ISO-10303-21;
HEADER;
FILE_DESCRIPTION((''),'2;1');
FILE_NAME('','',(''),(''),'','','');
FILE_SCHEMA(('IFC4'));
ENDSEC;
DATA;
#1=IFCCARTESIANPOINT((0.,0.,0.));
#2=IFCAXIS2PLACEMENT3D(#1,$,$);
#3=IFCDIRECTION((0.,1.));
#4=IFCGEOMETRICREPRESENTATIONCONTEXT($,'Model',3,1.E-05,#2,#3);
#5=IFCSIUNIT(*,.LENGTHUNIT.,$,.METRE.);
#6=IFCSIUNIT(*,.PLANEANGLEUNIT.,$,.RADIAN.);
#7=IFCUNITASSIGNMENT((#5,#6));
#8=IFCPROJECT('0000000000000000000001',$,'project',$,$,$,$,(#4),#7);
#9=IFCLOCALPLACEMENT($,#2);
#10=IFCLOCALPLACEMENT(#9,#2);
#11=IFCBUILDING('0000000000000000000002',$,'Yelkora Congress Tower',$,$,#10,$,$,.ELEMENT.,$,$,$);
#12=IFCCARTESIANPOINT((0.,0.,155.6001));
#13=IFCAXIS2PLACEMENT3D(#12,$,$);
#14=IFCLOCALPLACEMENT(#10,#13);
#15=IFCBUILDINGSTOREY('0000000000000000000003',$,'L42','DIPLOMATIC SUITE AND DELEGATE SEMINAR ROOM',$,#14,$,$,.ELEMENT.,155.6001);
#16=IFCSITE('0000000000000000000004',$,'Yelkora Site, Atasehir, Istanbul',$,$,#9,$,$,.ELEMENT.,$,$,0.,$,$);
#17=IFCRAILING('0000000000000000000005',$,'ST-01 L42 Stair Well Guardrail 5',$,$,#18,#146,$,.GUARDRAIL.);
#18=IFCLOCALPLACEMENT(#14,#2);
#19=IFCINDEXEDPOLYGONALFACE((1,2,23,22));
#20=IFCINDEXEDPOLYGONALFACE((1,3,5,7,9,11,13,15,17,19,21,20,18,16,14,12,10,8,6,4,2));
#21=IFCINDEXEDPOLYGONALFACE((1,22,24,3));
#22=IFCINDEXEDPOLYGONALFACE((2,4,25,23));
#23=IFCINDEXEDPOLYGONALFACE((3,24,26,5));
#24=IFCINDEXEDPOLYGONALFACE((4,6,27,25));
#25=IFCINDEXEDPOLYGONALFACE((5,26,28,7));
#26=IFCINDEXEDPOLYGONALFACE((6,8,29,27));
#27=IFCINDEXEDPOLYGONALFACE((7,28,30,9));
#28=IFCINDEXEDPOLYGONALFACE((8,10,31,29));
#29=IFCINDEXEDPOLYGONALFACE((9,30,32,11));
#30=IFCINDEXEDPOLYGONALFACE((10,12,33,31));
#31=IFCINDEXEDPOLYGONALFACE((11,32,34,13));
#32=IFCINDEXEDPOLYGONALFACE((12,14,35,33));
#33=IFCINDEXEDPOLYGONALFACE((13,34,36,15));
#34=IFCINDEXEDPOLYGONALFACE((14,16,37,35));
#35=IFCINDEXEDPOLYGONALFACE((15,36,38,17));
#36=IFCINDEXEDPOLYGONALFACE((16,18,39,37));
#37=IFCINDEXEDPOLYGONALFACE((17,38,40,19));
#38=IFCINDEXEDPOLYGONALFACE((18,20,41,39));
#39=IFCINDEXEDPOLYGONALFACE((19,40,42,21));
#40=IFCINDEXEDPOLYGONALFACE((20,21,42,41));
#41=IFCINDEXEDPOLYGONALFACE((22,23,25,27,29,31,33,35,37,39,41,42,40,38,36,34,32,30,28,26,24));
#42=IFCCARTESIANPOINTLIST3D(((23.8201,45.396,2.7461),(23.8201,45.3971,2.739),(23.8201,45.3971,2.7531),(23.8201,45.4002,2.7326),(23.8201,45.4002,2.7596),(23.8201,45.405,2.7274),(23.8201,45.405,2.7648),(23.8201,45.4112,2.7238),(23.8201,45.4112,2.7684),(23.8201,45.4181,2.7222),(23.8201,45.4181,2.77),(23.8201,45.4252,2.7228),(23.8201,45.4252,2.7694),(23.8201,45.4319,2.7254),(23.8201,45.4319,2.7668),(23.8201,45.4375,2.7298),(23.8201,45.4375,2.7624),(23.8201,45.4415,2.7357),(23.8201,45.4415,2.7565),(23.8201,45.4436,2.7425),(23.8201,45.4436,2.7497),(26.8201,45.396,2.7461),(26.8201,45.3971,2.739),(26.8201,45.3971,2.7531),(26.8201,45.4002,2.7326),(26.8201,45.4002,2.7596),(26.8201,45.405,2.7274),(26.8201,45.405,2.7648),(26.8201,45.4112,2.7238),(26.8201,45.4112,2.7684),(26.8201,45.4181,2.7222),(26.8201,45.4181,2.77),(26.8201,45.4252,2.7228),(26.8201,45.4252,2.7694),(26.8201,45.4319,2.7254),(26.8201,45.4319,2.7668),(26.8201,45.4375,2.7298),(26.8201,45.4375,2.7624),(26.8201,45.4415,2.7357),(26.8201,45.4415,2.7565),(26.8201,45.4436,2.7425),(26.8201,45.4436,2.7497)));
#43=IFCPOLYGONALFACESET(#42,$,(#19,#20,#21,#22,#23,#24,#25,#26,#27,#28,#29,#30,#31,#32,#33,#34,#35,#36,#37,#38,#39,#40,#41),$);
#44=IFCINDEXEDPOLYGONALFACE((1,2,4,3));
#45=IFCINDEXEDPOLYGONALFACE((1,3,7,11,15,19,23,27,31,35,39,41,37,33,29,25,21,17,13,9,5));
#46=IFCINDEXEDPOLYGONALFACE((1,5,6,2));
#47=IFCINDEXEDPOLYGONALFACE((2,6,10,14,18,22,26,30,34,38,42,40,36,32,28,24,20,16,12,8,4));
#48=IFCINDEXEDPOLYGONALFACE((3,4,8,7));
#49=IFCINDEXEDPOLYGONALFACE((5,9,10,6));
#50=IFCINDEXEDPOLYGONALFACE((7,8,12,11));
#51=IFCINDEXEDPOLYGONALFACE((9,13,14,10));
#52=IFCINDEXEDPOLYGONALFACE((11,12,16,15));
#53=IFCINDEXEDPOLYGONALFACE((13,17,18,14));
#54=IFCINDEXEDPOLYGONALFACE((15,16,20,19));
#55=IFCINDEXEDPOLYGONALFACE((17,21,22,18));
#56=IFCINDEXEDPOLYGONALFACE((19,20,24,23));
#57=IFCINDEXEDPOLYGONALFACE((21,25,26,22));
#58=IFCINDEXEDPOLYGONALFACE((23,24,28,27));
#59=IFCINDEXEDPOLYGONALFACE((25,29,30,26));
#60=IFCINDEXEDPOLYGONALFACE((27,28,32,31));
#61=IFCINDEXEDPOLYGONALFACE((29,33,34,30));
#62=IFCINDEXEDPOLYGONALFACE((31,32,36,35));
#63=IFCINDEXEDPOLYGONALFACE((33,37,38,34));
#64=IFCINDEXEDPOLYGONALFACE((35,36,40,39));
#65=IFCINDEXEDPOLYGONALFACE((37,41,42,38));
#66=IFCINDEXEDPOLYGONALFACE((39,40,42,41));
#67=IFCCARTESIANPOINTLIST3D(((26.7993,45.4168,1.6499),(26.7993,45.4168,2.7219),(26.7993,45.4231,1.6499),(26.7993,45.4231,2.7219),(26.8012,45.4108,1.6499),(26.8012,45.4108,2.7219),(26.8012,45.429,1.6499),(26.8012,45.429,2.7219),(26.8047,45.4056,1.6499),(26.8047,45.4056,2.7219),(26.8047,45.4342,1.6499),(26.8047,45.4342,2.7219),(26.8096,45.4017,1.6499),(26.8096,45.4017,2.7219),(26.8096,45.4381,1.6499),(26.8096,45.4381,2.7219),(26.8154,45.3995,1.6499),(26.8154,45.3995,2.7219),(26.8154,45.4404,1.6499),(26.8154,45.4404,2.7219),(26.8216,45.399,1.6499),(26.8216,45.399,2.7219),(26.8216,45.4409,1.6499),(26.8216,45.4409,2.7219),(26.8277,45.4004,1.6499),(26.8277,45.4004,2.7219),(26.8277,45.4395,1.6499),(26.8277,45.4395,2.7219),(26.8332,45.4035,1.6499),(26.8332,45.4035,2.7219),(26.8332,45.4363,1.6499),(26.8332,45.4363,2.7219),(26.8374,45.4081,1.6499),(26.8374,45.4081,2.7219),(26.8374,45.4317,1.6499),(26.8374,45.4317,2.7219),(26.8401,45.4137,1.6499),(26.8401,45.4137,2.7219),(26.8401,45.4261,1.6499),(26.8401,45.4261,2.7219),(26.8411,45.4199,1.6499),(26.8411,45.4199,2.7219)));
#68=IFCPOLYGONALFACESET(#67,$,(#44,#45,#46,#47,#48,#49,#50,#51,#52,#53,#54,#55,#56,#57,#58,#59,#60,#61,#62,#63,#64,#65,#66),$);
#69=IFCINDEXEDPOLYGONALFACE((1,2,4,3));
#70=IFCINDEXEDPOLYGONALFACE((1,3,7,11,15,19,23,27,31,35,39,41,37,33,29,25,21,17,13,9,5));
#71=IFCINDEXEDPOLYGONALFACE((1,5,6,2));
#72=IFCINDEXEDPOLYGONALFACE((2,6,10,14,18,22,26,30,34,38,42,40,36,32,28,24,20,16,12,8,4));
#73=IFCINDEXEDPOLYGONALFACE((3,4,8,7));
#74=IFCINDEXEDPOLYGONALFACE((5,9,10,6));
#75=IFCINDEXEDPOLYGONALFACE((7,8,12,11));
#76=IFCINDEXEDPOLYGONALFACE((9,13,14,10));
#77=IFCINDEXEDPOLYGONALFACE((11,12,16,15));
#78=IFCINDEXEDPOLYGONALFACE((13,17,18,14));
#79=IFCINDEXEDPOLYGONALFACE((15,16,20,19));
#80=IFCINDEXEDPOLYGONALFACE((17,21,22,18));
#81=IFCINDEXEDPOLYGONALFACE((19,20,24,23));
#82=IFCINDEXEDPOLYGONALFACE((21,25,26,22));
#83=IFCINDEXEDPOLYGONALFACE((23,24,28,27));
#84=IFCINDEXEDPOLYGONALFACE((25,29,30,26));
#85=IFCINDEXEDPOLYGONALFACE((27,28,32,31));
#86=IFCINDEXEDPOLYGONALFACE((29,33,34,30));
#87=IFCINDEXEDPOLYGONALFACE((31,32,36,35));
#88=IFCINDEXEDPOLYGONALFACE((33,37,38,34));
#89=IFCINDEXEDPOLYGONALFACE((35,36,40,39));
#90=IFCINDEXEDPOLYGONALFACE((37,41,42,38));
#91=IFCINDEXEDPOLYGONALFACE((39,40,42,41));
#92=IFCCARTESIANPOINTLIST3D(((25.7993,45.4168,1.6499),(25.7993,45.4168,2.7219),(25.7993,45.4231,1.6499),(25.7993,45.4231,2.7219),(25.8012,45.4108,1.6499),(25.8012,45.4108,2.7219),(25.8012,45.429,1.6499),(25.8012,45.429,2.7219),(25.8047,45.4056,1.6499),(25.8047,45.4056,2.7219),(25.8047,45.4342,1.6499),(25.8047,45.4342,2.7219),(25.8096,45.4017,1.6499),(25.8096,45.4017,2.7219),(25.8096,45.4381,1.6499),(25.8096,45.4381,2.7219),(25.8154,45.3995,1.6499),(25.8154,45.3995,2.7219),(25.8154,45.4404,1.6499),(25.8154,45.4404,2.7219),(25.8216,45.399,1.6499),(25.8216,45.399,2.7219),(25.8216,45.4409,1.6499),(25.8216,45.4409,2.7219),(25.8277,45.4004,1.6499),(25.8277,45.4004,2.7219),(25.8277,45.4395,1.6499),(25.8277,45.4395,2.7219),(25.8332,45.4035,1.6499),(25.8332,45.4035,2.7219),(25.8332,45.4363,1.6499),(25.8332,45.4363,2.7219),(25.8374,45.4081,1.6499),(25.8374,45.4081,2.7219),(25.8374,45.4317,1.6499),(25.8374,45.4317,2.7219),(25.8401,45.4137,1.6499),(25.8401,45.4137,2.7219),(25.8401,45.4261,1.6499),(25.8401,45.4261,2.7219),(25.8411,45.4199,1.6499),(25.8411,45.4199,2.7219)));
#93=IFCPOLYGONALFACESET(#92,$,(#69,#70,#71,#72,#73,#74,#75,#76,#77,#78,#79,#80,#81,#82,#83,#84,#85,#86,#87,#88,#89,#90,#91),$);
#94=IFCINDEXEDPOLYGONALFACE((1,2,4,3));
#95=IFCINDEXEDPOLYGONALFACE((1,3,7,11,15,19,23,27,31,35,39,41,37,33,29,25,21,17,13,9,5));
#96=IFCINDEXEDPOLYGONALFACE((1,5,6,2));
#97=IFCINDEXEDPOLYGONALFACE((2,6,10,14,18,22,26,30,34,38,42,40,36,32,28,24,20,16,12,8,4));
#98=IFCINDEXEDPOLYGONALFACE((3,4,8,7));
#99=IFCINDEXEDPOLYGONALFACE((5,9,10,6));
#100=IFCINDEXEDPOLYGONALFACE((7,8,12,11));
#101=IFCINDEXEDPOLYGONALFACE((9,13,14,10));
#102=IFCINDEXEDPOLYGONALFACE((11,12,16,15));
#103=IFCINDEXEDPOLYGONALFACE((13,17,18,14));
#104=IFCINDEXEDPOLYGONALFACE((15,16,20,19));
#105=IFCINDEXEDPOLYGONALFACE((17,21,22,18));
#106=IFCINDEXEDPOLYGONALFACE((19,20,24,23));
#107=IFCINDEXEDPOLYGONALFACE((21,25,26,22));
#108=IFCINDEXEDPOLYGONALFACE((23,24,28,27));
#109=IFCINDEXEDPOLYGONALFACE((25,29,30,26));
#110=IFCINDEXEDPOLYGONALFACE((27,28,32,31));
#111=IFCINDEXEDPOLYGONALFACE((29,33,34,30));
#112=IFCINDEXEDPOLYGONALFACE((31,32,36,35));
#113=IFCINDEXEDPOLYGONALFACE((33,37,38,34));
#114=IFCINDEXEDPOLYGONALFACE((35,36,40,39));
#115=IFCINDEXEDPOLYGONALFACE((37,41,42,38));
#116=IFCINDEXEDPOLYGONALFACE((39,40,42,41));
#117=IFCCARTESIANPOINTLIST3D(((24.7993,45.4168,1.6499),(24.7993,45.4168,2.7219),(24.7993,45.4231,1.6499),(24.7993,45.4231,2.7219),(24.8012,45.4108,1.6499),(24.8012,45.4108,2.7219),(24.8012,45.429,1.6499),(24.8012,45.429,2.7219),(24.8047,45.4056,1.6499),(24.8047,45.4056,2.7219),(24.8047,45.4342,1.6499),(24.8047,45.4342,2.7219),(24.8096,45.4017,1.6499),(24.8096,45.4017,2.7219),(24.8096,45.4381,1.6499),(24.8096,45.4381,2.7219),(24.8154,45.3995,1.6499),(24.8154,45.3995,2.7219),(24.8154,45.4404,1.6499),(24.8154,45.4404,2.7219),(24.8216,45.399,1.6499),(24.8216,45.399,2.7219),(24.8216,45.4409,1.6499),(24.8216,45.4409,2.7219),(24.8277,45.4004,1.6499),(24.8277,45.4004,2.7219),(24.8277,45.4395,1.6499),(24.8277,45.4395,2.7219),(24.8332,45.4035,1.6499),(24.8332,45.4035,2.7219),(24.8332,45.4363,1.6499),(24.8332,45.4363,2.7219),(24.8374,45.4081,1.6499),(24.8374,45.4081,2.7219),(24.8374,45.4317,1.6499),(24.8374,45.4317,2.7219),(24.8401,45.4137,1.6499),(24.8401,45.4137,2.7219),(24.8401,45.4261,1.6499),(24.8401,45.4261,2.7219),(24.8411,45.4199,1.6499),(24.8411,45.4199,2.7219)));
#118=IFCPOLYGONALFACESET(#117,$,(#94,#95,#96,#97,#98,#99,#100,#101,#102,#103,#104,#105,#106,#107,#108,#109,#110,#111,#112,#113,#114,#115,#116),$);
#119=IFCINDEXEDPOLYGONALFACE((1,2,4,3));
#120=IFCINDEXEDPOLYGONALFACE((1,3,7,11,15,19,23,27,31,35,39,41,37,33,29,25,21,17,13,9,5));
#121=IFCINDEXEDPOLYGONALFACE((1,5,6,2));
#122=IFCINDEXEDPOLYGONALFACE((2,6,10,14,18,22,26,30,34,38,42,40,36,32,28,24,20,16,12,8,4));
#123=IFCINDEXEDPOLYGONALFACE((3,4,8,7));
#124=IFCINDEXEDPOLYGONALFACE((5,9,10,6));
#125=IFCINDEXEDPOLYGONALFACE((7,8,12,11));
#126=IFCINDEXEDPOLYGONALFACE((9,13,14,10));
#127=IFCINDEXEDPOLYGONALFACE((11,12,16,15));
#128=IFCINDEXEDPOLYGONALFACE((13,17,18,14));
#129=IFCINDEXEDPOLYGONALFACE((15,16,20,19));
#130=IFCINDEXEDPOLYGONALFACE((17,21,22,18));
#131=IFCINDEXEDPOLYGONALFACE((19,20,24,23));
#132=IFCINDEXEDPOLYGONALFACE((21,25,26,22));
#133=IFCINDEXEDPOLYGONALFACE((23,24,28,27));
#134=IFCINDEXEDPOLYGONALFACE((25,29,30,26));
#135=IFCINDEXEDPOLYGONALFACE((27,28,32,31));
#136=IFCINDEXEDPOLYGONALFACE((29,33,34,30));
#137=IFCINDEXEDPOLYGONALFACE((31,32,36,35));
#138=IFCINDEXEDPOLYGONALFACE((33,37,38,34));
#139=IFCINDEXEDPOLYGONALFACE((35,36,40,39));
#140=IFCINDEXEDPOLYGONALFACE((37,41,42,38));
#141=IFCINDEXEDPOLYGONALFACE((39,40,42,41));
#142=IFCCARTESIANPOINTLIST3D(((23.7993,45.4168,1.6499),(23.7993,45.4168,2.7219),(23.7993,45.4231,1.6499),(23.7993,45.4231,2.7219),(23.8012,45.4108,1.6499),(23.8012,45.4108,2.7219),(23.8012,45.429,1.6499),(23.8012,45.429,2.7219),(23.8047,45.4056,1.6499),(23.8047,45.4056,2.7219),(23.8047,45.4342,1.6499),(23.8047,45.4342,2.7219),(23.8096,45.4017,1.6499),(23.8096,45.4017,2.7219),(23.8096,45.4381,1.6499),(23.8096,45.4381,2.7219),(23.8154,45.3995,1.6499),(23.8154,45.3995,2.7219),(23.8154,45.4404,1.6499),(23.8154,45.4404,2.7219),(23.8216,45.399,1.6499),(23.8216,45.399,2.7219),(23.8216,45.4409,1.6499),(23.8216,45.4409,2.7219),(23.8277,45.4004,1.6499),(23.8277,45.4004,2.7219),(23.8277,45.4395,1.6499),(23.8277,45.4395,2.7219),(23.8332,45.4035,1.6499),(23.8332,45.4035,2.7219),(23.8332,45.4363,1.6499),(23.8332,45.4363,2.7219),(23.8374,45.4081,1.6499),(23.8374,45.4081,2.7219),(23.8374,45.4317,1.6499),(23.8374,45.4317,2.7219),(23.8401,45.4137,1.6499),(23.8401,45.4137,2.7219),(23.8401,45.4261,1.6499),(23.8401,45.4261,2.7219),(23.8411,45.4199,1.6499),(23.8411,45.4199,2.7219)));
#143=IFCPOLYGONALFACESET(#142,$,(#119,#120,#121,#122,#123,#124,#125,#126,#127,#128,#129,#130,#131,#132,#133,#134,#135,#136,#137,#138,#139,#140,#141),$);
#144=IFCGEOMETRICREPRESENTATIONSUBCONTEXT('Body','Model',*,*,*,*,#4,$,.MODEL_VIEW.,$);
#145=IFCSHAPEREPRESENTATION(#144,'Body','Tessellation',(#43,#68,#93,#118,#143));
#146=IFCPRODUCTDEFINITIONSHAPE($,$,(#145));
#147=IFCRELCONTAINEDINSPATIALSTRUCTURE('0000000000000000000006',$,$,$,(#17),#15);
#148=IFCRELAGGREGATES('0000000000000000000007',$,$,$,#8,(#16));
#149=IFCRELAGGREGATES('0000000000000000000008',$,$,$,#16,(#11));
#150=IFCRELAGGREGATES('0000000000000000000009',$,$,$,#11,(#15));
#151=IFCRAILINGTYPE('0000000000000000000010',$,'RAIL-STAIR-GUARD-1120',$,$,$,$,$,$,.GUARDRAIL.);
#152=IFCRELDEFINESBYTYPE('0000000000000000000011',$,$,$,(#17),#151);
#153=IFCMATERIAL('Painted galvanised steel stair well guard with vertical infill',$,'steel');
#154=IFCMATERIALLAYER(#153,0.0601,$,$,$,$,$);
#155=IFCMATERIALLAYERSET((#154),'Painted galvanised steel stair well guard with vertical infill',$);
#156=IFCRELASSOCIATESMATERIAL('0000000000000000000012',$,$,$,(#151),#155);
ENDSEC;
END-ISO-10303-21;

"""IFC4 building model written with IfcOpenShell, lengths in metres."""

from ifc_helpers import new_model, si_unit, direction, frame, origin, origin_2d, place, context, subcontext, project, spatial, circle, extrude, material, layer, layer_set, type_object, element, save


model = new_model("IFC4")

# Units and contexts
model_context = context("Model", 3, precision=1e-05, world=origin(), true_north=direction((0.0, 1.0)))
body_context = subcontext(model_context, "Body", "Model", "MODEL_VIEW")
ifc_project = project(units=[si_unit("LENGTHUNIT", "METRE"), si_unit("PLANEANGLEUNIT", "RADIAN")], contexts=[model_context])

# Site, building, storey
site_placement = place(None, origin())
site = spatial("IfcSite", under=ifc_project, at=site_placement, Name="Yelkora Site, Atasehir, Istanbul", CompositionType="ELEMENT", RefElevation=0.0)
building_placement = place(site_placement, origin())
building = spatial("IfcBuilding", under=site, at=building_placement, Name="Yelkora Congress Tower", CompositionType="ELEMENT")
storey_placement = place(building_placement, frame((0.0, 0.0, 155.6001)))
storey = spatial("IfcBuildingStorey", under=building, at=storey_placement, Name="L42", Description="DIPLOMATIC SUITE AND DELEGATE SEMINAR ROOM", CompositionType="ELEMENT", Elevation=155.6001)

# Railing
ifc_material_1 = material(Name="Painted galvanised steel stair well guard with vertical infill", Category="steel")
ifc_layer_1 = layer(ifc_material_1, 0.0601)
ifc_layer_set_1 = layer_set([ifc_layer_1], Name="Painted galvanised steel stair well guard with vertical infill")
railing_type_1 = type_object("IfcRailingType", Name="RAIL-STAIR-GUARD-1120", PredefinedType="GUARDRAIL", material=ifc_layer_set_1)
railing_1_placement = place(storey_placement, frame((26.8201, 45.4199, 1.6499)))
element("IfcRailing", 1, at=railing_1_placement, inside=storey, type_object=railing_type_1, Name="ST-01 L42 Stair Well Guardrail 5", PredefinedType="GUARDRAIL", context=body_context, shape_type="SweptSolid", body=[
    extrude(circle(Radius=0.0239, at=origin_2d()), frame((0.0, 0.0, 1.0962), z_axis=(-1.0, 0.0, 0.0), x_axis=(0.0, -1.0, 0.0)), (0.0, 0.0, 1.0), 3.0),
    extrude(circle(Radius=0.021, at=origin_2d()), origin(), (0.0, 0.0, 1.0), 1.072),
    extrude(circle(Radius=0.021, at=origin_2d()), frame((-1.0, 0.0, 0.0)), (0.0, 0.0, 1.0), 1.072),
    extrude(circle(Radius=0.021, at=origin_2d()), frame((-2.0, 0.0, 0.0)), (0.0, 0.0, 1.0), 1.072),
    extrude(circle(Radius=0.021, at=origin_2d()), frame((-3.0, 0.0, 0.0)), (0.0, 0.0, 1.0), 1.072),
])

save(model, "model.ifc")
